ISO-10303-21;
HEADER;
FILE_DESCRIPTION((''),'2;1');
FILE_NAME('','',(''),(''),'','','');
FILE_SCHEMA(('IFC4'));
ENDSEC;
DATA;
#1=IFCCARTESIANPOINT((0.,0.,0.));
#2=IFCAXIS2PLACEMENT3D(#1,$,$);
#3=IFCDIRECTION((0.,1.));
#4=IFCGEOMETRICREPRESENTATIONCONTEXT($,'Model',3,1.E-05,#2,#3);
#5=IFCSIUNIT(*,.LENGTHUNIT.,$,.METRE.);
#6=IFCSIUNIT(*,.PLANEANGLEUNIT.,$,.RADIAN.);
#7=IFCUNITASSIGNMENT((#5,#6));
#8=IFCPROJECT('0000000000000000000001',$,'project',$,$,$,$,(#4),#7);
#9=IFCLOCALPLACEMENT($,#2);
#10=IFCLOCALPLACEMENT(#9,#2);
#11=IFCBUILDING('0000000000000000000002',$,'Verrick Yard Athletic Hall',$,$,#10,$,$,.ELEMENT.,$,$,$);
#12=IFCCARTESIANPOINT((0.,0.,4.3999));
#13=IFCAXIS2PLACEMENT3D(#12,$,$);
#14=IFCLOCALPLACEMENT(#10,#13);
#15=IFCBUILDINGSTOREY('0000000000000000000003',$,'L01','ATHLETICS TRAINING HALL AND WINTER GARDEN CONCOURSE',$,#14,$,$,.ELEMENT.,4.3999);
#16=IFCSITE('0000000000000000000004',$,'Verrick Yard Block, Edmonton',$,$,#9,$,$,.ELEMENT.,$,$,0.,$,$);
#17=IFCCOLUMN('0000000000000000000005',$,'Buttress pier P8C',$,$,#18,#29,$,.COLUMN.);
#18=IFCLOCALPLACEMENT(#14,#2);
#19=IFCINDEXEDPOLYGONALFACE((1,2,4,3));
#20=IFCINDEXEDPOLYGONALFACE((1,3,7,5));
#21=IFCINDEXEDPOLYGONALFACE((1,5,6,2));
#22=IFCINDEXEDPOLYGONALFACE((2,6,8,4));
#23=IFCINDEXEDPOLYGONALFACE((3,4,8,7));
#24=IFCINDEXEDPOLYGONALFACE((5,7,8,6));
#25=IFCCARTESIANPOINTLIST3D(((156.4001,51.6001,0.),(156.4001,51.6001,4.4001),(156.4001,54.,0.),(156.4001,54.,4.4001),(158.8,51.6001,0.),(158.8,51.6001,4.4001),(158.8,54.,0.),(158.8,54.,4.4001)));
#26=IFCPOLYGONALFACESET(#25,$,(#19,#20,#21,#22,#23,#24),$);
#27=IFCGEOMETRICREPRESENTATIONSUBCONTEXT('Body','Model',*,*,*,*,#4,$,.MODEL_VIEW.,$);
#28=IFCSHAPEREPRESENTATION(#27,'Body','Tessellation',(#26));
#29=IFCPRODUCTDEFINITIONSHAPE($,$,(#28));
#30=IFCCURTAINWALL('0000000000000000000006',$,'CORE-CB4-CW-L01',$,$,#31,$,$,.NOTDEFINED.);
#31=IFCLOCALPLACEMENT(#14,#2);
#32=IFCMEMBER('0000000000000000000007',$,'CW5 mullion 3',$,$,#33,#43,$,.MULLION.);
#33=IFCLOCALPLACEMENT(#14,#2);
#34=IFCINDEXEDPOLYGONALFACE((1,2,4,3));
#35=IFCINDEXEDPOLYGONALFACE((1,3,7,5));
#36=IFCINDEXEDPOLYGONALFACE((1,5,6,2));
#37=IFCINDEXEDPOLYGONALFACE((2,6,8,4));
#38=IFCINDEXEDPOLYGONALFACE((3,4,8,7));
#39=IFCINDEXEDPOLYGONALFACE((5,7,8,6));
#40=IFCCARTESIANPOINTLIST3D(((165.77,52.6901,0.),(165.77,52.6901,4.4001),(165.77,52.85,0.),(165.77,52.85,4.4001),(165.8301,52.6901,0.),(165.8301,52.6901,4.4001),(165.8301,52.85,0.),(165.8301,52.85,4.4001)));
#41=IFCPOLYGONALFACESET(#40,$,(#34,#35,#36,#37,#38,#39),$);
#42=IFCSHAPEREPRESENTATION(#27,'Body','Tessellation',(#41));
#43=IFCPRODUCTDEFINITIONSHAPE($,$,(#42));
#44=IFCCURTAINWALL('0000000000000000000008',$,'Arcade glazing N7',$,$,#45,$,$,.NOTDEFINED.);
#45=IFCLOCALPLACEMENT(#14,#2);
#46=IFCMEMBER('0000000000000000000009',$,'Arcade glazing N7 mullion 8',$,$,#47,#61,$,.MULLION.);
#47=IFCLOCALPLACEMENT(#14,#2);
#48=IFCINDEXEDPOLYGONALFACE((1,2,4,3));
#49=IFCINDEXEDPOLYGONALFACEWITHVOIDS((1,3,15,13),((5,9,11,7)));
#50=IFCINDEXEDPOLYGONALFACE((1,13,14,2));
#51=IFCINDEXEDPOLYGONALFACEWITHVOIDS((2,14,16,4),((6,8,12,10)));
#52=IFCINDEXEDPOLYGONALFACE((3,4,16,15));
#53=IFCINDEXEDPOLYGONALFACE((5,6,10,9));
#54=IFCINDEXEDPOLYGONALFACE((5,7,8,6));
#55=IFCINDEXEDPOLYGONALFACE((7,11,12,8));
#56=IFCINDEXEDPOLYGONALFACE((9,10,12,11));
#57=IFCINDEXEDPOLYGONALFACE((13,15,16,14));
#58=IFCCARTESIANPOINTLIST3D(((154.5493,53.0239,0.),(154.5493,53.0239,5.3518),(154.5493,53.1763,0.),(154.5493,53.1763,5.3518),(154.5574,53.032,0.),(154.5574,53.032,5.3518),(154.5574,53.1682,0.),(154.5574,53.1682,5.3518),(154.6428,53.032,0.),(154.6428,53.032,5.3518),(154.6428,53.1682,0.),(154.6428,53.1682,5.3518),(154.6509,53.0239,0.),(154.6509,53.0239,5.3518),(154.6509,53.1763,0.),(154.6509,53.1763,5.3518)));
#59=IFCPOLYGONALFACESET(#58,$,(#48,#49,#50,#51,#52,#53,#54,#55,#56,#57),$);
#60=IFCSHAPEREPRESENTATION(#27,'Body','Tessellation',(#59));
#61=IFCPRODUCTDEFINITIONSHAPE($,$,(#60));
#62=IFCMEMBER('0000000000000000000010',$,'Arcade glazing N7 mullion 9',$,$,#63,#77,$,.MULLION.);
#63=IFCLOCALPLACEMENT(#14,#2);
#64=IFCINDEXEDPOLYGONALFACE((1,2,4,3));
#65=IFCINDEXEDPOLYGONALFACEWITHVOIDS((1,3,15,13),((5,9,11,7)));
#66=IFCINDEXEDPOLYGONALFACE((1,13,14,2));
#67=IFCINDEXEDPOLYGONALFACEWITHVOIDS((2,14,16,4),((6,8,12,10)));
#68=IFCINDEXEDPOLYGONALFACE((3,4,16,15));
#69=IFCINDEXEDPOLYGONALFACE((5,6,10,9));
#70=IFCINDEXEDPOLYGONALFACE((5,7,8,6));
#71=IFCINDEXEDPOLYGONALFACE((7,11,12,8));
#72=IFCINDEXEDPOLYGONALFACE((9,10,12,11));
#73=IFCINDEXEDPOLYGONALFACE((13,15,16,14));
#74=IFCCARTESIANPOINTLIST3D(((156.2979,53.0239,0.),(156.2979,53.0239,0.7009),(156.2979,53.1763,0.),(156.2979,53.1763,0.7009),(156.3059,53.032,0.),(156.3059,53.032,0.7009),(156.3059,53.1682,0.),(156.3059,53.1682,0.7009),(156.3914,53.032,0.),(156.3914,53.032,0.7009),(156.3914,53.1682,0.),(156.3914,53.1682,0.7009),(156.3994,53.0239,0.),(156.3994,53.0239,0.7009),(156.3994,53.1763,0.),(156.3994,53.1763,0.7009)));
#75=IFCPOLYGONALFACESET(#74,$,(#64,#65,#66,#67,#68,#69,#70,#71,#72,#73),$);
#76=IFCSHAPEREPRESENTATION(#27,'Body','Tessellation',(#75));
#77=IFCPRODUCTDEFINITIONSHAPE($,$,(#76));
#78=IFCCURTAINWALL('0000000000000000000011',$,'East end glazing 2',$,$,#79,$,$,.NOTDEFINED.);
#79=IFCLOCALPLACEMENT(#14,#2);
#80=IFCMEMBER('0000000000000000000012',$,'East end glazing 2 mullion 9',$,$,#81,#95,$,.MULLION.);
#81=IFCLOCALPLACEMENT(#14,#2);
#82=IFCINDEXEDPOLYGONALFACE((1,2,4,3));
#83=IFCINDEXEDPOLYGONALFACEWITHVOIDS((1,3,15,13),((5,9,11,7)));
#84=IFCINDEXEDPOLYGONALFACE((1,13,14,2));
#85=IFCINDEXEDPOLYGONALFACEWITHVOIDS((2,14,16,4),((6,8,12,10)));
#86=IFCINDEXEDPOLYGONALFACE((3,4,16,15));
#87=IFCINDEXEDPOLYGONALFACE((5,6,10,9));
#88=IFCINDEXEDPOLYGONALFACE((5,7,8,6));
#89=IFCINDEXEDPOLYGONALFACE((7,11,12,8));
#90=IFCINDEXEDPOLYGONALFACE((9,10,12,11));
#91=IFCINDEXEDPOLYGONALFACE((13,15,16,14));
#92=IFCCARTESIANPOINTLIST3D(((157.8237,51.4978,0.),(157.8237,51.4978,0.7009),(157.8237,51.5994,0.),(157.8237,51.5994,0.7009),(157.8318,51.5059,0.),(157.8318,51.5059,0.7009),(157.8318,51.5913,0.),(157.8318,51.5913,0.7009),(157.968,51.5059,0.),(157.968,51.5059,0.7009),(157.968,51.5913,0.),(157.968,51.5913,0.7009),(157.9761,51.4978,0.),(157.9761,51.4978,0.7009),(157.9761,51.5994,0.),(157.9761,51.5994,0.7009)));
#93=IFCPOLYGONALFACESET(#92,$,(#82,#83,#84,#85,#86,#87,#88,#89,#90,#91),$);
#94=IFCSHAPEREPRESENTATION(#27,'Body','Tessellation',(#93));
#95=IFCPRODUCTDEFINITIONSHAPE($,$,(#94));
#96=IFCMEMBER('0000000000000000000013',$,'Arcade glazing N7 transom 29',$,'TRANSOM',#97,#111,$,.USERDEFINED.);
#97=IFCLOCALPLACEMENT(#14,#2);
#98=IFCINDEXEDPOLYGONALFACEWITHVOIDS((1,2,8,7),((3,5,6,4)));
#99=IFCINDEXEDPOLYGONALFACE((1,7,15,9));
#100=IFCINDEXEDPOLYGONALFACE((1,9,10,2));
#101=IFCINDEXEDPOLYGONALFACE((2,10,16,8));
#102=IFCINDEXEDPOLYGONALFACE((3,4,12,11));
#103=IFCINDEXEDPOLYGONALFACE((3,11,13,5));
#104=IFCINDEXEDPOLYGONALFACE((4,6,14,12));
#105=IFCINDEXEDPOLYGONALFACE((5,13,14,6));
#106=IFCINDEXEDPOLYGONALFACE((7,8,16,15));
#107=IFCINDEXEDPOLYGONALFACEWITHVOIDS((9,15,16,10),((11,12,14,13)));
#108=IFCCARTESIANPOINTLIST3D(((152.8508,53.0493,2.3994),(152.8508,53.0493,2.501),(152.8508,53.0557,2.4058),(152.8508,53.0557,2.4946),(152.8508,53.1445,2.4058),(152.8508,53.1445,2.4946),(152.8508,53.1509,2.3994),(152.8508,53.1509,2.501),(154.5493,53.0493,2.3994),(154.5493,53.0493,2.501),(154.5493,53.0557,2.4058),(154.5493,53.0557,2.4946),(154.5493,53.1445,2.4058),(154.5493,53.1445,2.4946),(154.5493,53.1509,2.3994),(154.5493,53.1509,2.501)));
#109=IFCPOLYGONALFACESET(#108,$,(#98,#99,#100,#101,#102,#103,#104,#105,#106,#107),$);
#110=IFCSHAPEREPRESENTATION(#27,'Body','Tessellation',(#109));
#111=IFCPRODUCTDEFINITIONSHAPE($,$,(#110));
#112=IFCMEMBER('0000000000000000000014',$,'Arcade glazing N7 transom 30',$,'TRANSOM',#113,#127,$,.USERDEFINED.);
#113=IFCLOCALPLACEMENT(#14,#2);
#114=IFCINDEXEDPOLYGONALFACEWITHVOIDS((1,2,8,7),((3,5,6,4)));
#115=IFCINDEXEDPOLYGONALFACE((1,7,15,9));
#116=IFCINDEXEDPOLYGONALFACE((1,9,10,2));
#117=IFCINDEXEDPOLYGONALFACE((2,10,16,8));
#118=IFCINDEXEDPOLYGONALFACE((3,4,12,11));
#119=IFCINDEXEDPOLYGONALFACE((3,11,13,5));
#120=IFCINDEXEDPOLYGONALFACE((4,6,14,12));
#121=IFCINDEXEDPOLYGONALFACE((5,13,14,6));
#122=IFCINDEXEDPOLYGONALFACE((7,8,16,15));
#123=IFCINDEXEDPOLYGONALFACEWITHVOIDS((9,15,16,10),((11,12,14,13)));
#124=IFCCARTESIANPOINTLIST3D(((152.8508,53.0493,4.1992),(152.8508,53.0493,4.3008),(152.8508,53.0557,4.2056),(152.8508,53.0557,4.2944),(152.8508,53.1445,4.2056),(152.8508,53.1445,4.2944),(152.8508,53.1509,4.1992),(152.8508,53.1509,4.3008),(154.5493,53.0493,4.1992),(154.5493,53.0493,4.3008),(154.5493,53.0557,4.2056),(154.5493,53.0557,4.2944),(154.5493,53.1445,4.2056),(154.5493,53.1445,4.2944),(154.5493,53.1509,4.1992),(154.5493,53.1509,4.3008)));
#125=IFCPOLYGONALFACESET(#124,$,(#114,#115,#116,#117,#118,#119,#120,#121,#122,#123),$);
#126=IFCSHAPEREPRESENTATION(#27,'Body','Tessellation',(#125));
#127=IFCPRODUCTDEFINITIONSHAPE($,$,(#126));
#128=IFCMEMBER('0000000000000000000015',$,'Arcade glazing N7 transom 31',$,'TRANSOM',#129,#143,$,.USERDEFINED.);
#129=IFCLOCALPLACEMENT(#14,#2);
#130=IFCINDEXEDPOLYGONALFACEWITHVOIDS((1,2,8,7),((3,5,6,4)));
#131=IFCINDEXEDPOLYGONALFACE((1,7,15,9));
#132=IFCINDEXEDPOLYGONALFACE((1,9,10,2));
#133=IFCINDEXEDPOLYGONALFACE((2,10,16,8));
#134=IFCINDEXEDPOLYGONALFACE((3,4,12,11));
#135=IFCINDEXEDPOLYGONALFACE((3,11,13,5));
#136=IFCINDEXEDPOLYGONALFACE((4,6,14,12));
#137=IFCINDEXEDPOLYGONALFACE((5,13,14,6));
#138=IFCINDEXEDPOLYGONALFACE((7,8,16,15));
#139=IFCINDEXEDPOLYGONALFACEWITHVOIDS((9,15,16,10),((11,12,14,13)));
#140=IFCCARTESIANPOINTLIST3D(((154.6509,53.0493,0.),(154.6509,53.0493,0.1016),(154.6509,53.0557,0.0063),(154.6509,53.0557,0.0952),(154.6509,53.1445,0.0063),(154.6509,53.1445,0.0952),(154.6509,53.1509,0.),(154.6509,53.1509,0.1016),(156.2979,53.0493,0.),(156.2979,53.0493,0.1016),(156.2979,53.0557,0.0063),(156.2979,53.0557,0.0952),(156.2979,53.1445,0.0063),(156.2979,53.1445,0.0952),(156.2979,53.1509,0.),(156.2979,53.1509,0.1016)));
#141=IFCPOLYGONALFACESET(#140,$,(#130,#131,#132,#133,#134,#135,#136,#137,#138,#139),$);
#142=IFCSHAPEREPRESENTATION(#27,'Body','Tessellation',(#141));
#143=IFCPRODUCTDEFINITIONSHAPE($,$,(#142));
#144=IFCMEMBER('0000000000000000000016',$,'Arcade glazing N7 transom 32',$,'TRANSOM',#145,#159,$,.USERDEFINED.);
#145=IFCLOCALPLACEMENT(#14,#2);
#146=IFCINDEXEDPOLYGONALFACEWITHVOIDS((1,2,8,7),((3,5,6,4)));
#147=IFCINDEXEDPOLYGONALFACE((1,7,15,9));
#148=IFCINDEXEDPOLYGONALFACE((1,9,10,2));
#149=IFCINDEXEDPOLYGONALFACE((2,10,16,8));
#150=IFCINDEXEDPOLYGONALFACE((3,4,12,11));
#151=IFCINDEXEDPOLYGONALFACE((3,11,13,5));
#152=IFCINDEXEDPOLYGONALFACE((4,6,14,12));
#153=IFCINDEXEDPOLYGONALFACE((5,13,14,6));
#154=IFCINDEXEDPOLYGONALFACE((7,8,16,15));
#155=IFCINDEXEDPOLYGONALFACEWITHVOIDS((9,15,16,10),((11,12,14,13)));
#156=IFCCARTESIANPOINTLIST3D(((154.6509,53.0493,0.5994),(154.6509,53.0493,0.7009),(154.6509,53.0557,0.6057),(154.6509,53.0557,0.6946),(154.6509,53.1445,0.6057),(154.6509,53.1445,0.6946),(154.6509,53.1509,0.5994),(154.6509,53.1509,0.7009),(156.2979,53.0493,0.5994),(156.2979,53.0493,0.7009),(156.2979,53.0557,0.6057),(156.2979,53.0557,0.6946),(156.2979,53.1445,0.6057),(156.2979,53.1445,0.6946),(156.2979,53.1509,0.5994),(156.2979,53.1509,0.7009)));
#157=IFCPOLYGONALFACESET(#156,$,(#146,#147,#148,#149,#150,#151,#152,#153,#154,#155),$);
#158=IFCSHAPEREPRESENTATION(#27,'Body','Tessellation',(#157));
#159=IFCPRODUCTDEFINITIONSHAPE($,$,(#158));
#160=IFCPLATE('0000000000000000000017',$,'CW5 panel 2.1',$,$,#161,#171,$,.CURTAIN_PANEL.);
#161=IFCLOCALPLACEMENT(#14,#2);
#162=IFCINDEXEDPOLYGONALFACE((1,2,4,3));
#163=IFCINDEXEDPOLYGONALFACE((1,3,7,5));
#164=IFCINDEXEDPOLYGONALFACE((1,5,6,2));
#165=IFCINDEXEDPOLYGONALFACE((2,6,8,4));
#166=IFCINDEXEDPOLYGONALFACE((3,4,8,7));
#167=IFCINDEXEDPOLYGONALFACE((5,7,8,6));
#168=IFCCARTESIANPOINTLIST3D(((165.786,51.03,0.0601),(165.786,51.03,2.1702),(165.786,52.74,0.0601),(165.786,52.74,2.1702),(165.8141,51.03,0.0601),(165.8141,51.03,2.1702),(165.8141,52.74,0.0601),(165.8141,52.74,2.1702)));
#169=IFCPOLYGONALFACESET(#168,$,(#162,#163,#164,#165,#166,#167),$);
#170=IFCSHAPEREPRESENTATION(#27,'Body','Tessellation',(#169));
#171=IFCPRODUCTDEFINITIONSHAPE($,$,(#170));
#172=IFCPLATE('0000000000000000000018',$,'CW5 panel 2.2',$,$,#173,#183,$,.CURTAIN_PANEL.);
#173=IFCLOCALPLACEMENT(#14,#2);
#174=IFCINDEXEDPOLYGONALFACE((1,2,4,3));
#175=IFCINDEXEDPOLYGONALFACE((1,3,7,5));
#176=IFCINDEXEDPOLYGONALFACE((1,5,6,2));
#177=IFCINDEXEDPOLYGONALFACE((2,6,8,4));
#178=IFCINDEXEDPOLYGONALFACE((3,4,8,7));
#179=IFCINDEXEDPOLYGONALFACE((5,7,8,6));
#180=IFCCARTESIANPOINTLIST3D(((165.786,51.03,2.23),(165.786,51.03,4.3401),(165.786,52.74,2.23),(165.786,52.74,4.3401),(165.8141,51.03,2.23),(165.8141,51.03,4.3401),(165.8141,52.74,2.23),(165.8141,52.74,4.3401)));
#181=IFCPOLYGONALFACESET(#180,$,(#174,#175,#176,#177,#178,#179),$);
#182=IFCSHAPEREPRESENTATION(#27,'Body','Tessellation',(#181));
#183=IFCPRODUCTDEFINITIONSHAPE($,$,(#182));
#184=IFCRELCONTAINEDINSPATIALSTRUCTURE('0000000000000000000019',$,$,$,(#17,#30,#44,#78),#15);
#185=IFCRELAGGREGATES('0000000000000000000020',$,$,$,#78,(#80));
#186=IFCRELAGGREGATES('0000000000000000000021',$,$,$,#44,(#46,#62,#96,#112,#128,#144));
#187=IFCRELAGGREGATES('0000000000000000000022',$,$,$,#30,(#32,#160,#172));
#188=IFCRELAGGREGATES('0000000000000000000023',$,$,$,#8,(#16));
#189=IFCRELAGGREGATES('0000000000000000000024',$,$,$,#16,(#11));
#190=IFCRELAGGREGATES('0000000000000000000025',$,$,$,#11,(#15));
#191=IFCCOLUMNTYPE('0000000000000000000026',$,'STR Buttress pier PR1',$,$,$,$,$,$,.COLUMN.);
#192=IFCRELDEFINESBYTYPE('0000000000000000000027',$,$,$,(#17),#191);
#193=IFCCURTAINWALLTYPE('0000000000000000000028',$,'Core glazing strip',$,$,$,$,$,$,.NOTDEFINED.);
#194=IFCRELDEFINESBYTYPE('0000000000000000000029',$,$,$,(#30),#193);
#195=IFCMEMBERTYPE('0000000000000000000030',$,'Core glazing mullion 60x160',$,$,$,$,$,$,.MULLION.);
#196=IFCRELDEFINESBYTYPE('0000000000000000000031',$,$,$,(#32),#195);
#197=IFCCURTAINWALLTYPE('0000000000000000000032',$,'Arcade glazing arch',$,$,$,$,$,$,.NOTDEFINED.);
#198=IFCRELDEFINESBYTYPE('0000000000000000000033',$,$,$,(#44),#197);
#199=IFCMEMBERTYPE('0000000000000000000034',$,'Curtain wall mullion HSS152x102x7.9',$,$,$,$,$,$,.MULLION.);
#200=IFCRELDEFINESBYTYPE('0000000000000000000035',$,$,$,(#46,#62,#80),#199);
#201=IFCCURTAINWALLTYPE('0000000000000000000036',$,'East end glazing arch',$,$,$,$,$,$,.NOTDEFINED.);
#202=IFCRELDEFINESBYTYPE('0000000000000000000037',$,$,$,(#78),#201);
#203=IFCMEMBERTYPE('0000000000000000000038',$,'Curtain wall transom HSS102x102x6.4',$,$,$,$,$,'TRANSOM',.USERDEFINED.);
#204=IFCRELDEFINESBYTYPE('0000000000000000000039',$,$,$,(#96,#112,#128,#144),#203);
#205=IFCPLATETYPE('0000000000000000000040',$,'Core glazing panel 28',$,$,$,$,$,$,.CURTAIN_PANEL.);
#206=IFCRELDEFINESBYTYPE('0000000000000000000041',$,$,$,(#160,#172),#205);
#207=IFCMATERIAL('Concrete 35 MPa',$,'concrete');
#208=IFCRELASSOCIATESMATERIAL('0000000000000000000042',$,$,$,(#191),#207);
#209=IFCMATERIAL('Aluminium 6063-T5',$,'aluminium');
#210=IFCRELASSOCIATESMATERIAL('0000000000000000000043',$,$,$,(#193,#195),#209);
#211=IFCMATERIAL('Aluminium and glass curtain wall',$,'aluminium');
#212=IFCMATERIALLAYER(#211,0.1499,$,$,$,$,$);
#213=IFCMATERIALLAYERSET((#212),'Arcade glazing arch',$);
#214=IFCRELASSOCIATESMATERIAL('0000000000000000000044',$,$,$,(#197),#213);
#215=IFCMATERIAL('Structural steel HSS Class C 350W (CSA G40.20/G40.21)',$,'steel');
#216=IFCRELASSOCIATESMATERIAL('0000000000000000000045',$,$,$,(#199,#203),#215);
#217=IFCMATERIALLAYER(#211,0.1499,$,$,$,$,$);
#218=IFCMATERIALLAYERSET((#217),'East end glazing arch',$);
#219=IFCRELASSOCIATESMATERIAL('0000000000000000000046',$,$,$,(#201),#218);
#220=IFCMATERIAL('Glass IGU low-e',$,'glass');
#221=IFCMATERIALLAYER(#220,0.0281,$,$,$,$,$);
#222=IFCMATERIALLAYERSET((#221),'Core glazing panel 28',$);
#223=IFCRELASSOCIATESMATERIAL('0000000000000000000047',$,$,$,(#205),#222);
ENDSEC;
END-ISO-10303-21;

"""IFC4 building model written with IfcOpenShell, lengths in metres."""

from ifc_helpers import new_model, si_unit, direction, frame, origin, origin_2d, place, context, subcontext, project, spatial, rectangle, hollow_rectangle, extrude, material, layer, layer_set, material_profile, profile_set, type_object, element, aggregate, save


model = new_model("IFC4")

# Units and contexts
model_context = context("Model", 3, precision=1e-05, world=origin(), true_north=direction((0.0, 1.0)))
body_context = subcontext(model_context, "Body", "Model", "MODEL_VIEW")
ifc_project = project(units=[si_unit("LENGTHUNIT", "METRE"), si_unit("PLANEANGLEUNIT", "RADIAN")], contexts=[model_context])

# Site, building, storey
site_placement = place(None, origin())
site = spatial("IfcSite", under=ifc_project, at=site_placement, Name="Verrick Yard Block, Edmonton", CompositionType="ELEMENT", RefElevation=0.0)
building_placement = place(site_placement, origin())
building = spatial("IfcBuilding", under=site, at=building_placement, Name="Verrick Yard Athletic Hall", CompositionType="ELEMENT")
storey_placement = place(building_placement, frame((0.0, 0.0, 4.3999)))
storey = spatial("IfcBuildingStorey", under=building, at=storey_placement, Name="L01", Description="ATHLETICS TRAINING HALL AND WINTER GARDEN CONCOURSE", CompositionType="ELEMENT", Elevation=4.3999)

# Column
ifc_material_1 = material(Name="Concrete 35 MPa", Category="concrete")
ifc_material_profile_1 = material_profile(ifc_material_1, rectangle(XDim=2.3999, YDim=2.3999, at=origin_2d()), Name="STR Buttress pier PR1")
ifc_profile_set_1 = profile_set([ifc_material_profile_1], Name="Concrete 35 MPa")
column_type = type_object("IfcColumnType", Name="STR Buttress pier PR1", PredefinedType="COLUMN", material=ifc_profile_set_1)
column_placement = place(storey_placement, frame((157.6001, 52.8, 0.0), z_axis=(0.0, 0.0, 1.0), x_axis=(1.0, 0.0, 0.0)))
element("IfcColumn", 1, at=column_placement, inside=storey, type_object=column_type, Name="Buttress pier P8C", PredefinedType="COLUMN", context=body_context, shape_type="SweptSolid", body=[
    extrude(rectangle(XDim=2.3999, YDim=2.3999, at=origin_2d()), origin(), (0.0, 0.0, 1.0), 4.4001),
])

# Curtain wall, member
ifc_material_2 = material(Name="Aluminium 6063-T5", Category="aluminium")
curtain_wall_type_1 = type_object("IfcCurtainWallType", Name="Core glazing strip", PredefinedType="NOTDEFINED", material=ifc_material_2)
curtain_wall_1_placement = place(storey_placement, origin())
curtain_wall_1 = element("IfcCurtainWall", 2, at=curtain_wall_1_placement, inside=storey, type_object=curtain_wall_type_1, Name="CORE-CB4-CW-L01", PredefinedType="NOTDEFINED")
ifc_material_profile_2 = material_profile(ifc_material_2, rectangle(XDim=0.0601, YDim=0.1599, at=origin_2d()), Name="Core glazing mullion 60x160")
ifc_profile_set_2 = profile_set([ifc_material_profile_2], Name="Aluminium 6063-T5")
member_type_1 = type_object("IfcMemberType", Name="Core glazing mullion 60x160", PredefinedType="MULLION", material=ifc_profile_set_2)
member_1_placement = place(storey_placement, frame((165.8, 52.77, 0.0), z_axis=(0.0, 0.0, 1.0), x_axis=(-1.0, 0.0, 0.0)))
member_1 = element("IfcMember", 3, at=member_1_placement, type_object=member_type_1, Name="CW5 mullion 3", PredefinedType="MULLION", context=body_context, shape_type="SweptSolid", body=[
    extrude(rectangle(XDim=0.0601, YDim=0.1599, at=origin_2d()), origin(), (0.0, 0.0, 1.0), 4.4001),
])

# Curtain wall, members
ifc_material_3 = material(Name="Aluminium and glass curtain wall", Category="aluminium")
ifc_layer_1 = layer(ifc_material_3, 0.1499)
ifc_layer_set_1 = layer_set([ifc_layer_1], Name="Arcade glazing arch")
curtain_wall_type_2 = type_object("IfcCurtainWallType", Name="Arcade glazing arch", PredefinedType="NOTDEFINED", material=ifc_layer_set_1)
curtain_wall_2_placement = place(storey_placement, origin())
curtain_wall_2 = element("IfcCurtainWall", 4, at=curtain_wall_2_placement, inside=storey, type_object=curtain_wall_type_2, Name="Arcade glazing N7", PredefinedType="NOTDEFINED")
ifc_material_4 = material(Name="Structural steel HSS Class C 350W (CSA G40.20/G40.21)", Category="steel")
ifc_material_profile_3 = material_profile(ifc_material_4, hollow_rectangle(XDim=0.1016, YDim=0.1523, WallThickness=0.0081, at=origin_2d()), Name="HSS152x102x7.9")
ifc_profile_set_3 = profile_set([ifc_material_profile_3], Name="Structural steel HSS Class C 350W (CSA G40.20/G40.21)")
member_type_2 = type_object("IfcMemberType", Name="Curtain wall mullion HSS152x102x7.9", PredefinedType="MULLION", material=ifc_profile_set_3)
member_2_placement = place(storey_placement, frame((154.6001, 53.1001, 0.0), z_axis=(0.0, 0.0, 1.0), x_axis=(1.0, 0.0, 0.0)))
member_2 = element("IfcMember", 5, at=member_2_placement, type_object=member_type_2, Name="Arcade glazing N7 mullion 8", PredefinedType="MULLION", context=body_context, shape_type="SweptSolid", body=[
    extrude(hollow_rectangle(XDim=0.1016, YDim=0.1523, WallThickness=0.0081, at=origin_2d()), origin(), (0.0, 0.0, 1.0), 5.3518),
])
member_3_placement = place(storey_placement, frame((156.3486, 53.1001, 0.0), z_axis=(0.0, 0.0, 1.0), x_axis=(1.0, 0.0, 0.0)))
member_3 = element("IfcMember", 6, at=member_3_placement, type_object=member_type_2, Name="Arcade glazing N7 mullion 9", PredefinedType="MULLION", context=body_context, shape_type="SweptSolid", body=[
    extrude(hollow_rectangle(XDim=0.1016, YDim=0.1523, WallThickness=0.0081, at=origin_2d()), origin(), (0.0, 0.0, 1.0), 0.7009),
])

# Curtain wall, member
ifc_layer_2 = layer(ifc_material_3, 0.1499)
ifc_layer_set_2 = layer_set([ifc_layer_2], Name="East end glazing arch")
curtain_wall_type_3 = type_object("IfcCurtainWallType", Name="East end glazing arch", PredefinedType="NOTDEFINED", material=ifc_layer_set_2)
curtain_wall_3_placement = place(storey_placement, origin())
curtain_wall_3 = element("IfcCurtainWall", 7, at=curtain_wall_3_placement, inside=storey, type_object=curtain_wall_type_3, Name="East end glazing 2", PredefinedType="NOTDEFINED")
member_4_placement = place(storey_placement, frame((157.8999, 51.5486, 0.0), z_axis=(0.0, 0.0, 1.0), x_axis=(0.0, 1.0, 0.0)))
member_4 = element("IfcMember", 8, at=member_4_placement, type_object=member_type_2, Name="East end glazing 2 mullion 9", PredefinedType="MULLION", context=body_context, shape_type="SweptSolid", body=[
    extrude(hollow_rectangle(XDim=0.1016, YDim=0.1523, WallThickness=0.0081, at=origin_2d()), origin(), (0.0, 0.0, 1.0), 0.7009),
])
aggregate(curtain_wall_3, [member_4])

# Members
ifc_material_profile_4 = material_profile(ifc_material_4, hollow_rectangle(XDim=0.1016, YDim=0.1016, WallThickness=0.0063, at=origin_2d()), Name="HSS102x102x6.4")
ifc_profile_set_4 = profile_set([ifc_material_profile_4], Name="Structural steel HSS Class C 350W (CSA G40.20/G40.21)")
member_type_3 = type_object("IfcMemberType", Name="Curtain wall transom HSS102x102x6.4", ElementType="TRANSOM", PredefinedType="USERDEFINED", material=ifc_profile_set_4)
member_5_placement = place(storey_placement, frame((152.8508, 53.1001, 2.4502), z_axis=(1.0, 0.0, 0.0), x_axis=(0.0, 1.0, 0.0)))
member_5 = element("IfcMember", 9, at=member_5_placement, type_object=member_type_3, Name="Arcade glazing N7 transom 29", ObjectType="TRANSOM", PredefinedType="USERDEFINED", context=body_context, shape_type="SweptSolid", body=[
    extrude(hollow_rectangle(XDim=0.1016, YDim=0.1016, WallThickness=0.0063, at=origin_2d()), origin(), (0.0, 0.0, 1.0), 1.6985),
])
member_6_placement = place(storey_placement, frame((152.8508, 53.1001, 4.25), z_axis=(1.0, 0.0, 0.0), x_axis=(0.0, 1.0, 0.0)))
member_6 = element("IfcMember", 10, at=member_6_placement, type_object=member_type_3, Name="Arcade glazing N7 transom 30", ObjectType="TRANSOM", PredefinedType="USERDEFINED", context=body_context, shape_type="SweptSolid", body=[
    extrude(hollow_rectangle(XDim=0.1016, YDim=0.1016, WallThickness=0.0063, at=origin_2d()), origin(), (0.0, 0.0, 1.0), 1.6985),
])
member_7_placement = place(storey_placement, frame((154.6509, 53.1001, 0.0508), z_axis=(1.0, 0.0, 0.0), x_axis=(0.0, 1.0, 0.0)))
member_7 = element("IfcMember", 11, at=member_7_placement, type_object=member_type_3, Name="Arcade glazing N7 transom 31", ObjectType="TRANSOM", PredefinedType="USERDEFINED", context=body_context, shape_type="SweptSolid", body=[
    extrude(hollow_rectangle(XDim=0.1016, YDim=0.1016, WallThickness=0.0063, at=origin_2d()), origin(), (0.0, 0.0, 1.0), 1.647),
])
member_8_placement = place(storey_placement, frame((154.6509, 53.1001, 0.6501), z_axis=(1.0, 0.0, 0.0), x_axis=(0.0, 1.0, 0.0)))
member_8 = element("IfcMember", 12, at=member_8_placement, type_object=member_type_3, Name="Arcade glazing N7 transom 32", ObjectType="TRANSOM", PredefinedType="USERDEFINED", context=body_context, shape_type="SweptSolid", body=[
    extrude(hollow_rectangle(XDim=0.1016, YDim=0.1016, WallThickness=0.0063, at=origin_2d()), origin(), (0.0, 0.0, 1.0), 1.647),
])
aggregate(curtain_wall_2, [member_2, member_3, member_5, member_6, member_7, member_8])

# Plates
ifc_material_5 = material(Name="Glass IGU low-e", Category="glass")
ifc_layer_3 = layer(ifc_material_5, 0.0281)
ifc_layer_set_3 = layer_set([ifc_layer_3], Name="Core glazing panel 28")
plate_type = type_object("IfcPlateType", Name="Core glazing panel 28", PredefinedType="CURTAIN_PANEL", material=ifc_layer_set_3)
plate_1_placement = place(storey_placement, frame((165.8, 51.885, 0.0601), z_axis=(0.0, 0.0, 1.0), x_axis=(0.0, 1.0, 0.0)))
plate_1 = element("IfcPlate", 13, at=plate_1_placement, type_object=plate_type, Name="CW5 panel 2.1", PredefinedType="CURTAIN_PANEL", context=body_context, shape_type="SweptSolid", body=[
    extrude(rectangle(XDim=1.71, YDim=0.0281, at=origin_2d()), origin(), (0.0, 0.0, 1.0), 2.1101),
])
plate_2_placement = place(storey_placement, frame((165.8, 51.885, 2.23), z_axis=(0.0, 0.0, 1.0), x_axis=(0.0, 1.0, 0.0)))
plate_2 = element("IfcPlate", 14, at=plate_2_placement, type_object=plate_type, Name="CW5 panel 2.2", PredefinedType="CURTAIN_PANEL", context=body_context, shape_type="SweptSolid", body=[
    extrude(rectangle(XDim=1.71, YDim=0.0281, at=origin_2d()), origin(), (0.0, 0.0, 1.0), 2.1101),
])
aggregate(curtain_wall_1, [member_1, plate_1, plate_2])

save(model, "model.ifc")
